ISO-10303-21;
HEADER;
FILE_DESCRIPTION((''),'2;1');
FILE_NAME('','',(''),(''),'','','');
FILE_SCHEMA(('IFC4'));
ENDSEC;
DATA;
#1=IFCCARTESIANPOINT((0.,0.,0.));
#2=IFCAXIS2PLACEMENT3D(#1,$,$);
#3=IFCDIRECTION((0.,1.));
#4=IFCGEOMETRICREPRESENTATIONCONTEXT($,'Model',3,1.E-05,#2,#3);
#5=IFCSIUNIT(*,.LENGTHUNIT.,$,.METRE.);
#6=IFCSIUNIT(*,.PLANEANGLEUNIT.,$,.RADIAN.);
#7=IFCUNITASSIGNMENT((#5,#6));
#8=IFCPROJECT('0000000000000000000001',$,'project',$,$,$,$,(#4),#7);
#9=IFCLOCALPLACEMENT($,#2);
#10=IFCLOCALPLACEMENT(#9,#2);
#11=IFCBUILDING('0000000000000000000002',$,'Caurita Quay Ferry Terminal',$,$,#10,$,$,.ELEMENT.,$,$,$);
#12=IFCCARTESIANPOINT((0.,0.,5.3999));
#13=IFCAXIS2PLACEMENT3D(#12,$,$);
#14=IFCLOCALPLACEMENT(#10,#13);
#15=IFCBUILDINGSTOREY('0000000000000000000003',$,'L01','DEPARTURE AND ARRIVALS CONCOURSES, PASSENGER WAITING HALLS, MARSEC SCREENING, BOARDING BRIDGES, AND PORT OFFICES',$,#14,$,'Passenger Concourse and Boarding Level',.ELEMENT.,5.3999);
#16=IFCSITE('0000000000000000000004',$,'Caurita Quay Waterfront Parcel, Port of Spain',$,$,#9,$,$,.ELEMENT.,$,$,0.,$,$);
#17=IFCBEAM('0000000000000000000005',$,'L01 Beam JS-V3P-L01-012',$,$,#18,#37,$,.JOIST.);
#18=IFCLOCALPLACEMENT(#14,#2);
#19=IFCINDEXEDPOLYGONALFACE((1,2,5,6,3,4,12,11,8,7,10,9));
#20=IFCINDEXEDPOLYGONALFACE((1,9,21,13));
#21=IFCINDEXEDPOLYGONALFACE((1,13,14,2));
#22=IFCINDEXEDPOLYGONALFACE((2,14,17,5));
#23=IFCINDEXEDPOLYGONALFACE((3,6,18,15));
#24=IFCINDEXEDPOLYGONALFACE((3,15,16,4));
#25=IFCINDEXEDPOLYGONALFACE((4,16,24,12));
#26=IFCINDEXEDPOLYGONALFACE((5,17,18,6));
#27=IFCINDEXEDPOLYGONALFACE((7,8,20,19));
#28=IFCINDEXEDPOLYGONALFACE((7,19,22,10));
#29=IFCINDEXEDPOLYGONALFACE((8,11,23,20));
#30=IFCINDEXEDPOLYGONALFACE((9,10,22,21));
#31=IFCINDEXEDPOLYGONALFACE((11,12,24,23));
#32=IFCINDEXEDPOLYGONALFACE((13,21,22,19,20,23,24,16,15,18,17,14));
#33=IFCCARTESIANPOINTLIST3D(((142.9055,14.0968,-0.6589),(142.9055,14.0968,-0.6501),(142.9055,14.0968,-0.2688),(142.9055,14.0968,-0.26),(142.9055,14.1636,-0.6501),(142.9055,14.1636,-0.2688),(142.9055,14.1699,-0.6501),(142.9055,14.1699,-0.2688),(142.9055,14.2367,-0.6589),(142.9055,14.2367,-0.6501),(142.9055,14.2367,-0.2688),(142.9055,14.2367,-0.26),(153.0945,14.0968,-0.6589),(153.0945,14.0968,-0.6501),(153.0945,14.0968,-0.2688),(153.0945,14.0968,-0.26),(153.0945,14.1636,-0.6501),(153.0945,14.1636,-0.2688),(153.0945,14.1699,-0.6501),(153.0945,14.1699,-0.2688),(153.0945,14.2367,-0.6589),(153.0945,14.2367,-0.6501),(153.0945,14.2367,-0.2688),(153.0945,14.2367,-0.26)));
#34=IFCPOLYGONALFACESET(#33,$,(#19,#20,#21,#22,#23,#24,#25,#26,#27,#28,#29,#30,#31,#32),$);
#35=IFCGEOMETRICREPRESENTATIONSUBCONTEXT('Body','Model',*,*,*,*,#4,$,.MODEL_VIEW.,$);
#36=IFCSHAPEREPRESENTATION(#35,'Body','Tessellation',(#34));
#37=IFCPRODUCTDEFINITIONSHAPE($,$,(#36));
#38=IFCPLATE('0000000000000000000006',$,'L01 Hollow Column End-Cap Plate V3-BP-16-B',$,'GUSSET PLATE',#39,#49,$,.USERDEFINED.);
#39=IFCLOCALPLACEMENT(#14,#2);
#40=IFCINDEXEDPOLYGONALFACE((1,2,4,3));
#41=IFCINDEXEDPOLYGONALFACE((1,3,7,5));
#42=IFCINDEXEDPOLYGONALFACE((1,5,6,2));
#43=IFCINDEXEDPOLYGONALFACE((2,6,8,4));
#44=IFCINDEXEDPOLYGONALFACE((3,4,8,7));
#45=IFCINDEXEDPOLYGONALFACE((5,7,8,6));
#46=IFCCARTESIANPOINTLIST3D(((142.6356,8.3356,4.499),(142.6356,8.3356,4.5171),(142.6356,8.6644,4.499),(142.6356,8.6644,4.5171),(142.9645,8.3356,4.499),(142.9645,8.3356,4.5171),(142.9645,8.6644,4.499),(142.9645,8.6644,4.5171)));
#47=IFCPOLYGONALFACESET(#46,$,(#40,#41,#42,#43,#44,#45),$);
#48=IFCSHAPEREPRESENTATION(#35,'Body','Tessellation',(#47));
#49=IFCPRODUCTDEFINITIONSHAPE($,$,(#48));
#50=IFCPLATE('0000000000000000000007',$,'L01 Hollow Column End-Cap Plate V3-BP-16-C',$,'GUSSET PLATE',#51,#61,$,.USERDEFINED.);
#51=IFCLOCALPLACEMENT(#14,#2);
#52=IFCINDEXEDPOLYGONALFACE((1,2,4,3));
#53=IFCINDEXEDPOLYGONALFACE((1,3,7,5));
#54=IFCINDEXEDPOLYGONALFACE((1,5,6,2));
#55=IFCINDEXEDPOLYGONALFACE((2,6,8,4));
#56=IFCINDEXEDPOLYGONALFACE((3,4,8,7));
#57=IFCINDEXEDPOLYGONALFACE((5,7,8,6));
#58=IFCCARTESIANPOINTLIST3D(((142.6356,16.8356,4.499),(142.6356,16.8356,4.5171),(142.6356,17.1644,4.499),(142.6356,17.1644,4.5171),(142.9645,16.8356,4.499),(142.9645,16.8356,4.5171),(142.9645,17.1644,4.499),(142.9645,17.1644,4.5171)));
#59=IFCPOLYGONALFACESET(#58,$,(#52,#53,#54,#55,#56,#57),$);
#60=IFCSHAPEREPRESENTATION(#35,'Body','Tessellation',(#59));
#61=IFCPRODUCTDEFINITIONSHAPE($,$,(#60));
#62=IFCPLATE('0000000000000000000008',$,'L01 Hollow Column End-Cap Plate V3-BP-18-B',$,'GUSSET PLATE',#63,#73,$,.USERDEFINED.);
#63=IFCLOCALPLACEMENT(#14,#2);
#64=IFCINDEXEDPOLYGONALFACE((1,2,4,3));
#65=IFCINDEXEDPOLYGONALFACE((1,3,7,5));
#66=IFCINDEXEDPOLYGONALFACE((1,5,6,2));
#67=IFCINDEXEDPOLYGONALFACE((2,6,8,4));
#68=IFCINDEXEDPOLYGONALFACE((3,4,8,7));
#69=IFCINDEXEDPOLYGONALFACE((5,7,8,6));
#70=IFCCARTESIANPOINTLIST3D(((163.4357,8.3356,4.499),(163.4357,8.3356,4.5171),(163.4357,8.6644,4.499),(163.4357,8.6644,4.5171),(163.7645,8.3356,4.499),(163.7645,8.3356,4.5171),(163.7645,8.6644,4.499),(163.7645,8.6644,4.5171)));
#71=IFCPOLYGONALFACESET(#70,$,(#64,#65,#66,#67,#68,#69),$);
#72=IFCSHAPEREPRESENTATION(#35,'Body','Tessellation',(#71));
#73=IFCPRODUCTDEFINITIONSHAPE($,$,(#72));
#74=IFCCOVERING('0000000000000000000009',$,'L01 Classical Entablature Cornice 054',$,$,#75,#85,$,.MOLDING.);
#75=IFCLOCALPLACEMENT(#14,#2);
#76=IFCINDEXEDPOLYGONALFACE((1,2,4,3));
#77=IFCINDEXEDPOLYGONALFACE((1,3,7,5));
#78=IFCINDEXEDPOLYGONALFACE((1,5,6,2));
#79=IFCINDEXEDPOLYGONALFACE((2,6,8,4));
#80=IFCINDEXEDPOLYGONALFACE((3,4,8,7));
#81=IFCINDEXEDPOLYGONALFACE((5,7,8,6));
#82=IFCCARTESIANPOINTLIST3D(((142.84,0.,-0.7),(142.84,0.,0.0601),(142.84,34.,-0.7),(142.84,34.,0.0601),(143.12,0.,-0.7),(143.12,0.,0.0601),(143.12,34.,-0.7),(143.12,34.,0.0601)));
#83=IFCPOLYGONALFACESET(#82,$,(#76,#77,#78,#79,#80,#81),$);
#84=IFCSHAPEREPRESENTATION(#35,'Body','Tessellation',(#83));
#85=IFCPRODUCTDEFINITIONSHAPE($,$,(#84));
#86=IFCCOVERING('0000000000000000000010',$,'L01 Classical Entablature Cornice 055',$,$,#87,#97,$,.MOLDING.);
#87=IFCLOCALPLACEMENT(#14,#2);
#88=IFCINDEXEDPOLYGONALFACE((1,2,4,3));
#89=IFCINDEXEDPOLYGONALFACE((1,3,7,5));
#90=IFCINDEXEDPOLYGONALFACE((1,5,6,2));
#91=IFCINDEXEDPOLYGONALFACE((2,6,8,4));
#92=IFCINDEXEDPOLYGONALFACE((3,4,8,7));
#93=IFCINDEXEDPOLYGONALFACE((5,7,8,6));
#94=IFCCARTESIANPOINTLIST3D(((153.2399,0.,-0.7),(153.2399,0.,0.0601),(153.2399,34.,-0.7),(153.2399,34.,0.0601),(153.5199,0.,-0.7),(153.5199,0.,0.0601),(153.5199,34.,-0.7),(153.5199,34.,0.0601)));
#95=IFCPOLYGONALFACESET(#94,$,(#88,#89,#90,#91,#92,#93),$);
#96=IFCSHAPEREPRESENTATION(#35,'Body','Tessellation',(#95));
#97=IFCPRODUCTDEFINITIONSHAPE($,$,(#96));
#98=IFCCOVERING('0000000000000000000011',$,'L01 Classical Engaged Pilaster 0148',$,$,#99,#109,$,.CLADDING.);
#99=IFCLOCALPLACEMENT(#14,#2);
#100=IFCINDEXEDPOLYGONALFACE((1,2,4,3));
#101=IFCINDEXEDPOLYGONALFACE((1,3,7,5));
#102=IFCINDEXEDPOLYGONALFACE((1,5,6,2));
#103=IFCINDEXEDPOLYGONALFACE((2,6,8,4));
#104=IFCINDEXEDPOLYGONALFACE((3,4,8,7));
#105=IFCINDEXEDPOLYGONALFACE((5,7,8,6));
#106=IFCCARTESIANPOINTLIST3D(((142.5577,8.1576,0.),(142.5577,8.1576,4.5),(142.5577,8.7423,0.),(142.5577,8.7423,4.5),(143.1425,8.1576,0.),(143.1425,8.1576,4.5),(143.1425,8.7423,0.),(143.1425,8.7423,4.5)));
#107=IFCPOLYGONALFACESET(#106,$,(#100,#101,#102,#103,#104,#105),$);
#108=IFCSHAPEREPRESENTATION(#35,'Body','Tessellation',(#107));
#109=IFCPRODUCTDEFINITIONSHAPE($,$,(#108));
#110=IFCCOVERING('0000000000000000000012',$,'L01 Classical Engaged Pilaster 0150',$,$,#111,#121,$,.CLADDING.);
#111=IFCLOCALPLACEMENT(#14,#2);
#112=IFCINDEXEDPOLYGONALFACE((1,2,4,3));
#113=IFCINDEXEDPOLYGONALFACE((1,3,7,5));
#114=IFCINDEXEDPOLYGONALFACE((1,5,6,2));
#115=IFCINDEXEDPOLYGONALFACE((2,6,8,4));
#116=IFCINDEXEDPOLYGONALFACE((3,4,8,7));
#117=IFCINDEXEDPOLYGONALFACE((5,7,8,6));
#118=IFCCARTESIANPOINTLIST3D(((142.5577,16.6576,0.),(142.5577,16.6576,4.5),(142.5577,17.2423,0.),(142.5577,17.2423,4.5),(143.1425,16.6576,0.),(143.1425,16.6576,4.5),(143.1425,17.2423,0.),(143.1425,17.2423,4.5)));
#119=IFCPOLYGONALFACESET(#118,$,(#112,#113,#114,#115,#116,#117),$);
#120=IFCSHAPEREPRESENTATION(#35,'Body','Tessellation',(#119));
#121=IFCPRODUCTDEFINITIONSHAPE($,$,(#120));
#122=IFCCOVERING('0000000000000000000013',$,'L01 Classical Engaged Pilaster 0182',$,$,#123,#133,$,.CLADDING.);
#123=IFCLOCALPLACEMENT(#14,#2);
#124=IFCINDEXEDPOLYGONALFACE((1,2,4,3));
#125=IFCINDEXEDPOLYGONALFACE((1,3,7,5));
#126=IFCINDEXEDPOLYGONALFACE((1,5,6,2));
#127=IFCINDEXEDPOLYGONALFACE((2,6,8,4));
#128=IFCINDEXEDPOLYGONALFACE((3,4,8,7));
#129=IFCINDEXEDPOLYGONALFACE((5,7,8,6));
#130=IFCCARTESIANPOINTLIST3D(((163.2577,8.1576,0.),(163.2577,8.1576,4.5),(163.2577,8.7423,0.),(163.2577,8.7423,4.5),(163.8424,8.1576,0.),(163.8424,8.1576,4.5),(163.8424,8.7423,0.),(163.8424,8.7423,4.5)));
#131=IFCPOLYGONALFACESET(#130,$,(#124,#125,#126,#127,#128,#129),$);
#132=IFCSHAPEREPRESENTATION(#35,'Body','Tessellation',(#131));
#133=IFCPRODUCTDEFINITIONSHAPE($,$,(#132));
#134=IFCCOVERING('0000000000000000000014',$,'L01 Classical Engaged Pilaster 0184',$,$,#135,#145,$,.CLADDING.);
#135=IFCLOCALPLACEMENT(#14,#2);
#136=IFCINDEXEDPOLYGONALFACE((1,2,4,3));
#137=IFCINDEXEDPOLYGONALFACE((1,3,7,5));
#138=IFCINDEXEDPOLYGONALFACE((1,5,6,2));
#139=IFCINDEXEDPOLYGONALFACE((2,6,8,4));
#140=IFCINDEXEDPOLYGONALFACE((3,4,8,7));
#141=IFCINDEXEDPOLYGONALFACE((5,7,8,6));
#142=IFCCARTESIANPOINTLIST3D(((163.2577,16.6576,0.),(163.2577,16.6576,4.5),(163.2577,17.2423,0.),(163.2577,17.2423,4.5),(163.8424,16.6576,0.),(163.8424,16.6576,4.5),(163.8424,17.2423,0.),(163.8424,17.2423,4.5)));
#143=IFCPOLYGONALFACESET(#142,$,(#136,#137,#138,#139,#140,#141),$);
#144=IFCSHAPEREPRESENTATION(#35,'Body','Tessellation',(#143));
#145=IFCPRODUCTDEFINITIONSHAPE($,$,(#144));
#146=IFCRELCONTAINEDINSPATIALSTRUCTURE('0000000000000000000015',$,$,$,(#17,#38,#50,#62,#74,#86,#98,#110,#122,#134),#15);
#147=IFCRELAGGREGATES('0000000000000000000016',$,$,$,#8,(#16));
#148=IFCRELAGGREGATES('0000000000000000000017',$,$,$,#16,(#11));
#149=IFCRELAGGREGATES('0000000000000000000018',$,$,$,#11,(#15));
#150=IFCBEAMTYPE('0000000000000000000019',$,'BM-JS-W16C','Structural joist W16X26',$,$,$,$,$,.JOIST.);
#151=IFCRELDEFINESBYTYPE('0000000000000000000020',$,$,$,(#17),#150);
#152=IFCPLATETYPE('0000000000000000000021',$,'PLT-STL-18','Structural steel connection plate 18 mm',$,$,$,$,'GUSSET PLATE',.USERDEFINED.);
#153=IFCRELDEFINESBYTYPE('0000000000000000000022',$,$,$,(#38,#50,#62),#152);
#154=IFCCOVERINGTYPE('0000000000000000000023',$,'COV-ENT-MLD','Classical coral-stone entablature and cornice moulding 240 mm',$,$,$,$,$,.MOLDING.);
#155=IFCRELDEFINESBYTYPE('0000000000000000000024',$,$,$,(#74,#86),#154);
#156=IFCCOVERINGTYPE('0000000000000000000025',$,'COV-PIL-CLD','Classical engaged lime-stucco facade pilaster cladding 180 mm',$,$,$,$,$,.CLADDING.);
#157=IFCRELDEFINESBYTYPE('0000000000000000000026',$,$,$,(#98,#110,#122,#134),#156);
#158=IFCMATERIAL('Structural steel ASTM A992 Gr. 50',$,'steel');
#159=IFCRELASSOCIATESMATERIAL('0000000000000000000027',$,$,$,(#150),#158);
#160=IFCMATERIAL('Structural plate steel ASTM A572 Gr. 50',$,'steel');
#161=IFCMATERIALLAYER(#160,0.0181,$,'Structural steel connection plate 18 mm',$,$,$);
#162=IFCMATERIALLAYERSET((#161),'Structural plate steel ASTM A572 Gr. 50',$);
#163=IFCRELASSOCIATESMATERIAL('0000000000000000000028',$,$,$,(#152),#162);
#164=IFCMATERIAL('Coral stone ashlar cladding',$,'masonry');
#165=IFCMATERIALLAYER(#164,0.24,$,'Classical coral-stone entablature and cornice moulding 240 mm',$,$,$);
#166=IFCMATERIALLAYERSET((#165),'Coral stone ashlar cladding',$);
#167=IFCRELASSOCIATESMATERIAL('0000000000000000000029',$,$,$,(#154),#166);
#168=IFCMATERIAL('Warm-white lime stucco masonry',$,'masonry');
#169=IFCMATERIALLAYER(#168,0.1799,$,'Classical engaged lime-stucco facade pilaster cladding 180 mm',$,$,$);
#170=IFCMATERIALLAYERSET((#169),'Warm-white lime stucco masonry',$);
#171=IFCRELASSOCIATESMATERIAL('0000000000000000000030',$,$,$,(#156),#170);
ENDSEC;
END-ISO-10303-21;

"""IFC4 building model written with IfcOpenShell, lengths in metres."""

from ifc_helpers import new_model, si_unit, direction, frame, frame_2d, origin, origin_2d, place, context, subcontext, project, spatial, rectangle, i_section, extrude, material, layer, layer_set, material_profile, profile_set, type_object, element, save


model = new_model("IFC4")

# Units and contexts
model_context = context("Model", 3, precision=1e-05, world=origin(), true_north=direction((0.0, 1.0)))
body_context = subcontext(model_context, "Body", "Model", "MODEL_VIEW")
ifc_project = project(units=[si_unit("LENGTHUNIT", "METRE"), si_unit("PLANEANGLEUNIT", "RADIAN")], contexts=[model_context])

# Site, building, storey
site_placement = place(None, origin())
site = spatial("IfcSite", under=ifc_project, at=site_placement, Name="Caurita Quay Waterfront Parcel, Port of Spain", CompositionType="ELEMENT", RefElevation=0.0)
building_placement = place(site_placement, origin())
building = spatial("IfcBuilding", under=site, at=building_placement, Name="Caurita Quay Ferry Terminal", CompositionType="ELEMENT")
storey_placement = place(building_placement, frame((0.0, 0.0, 5.3999)))
storey = spatial("IfcBuildingStorey", under=building, at=storey_placement, Name="L01", Description="DEPARTURE AND ARRIVALS CONCOURSES, PASSENGER WAITING HALLS, MARSEC SCREENING, BOARDING BRIDGES, AND PORT OFFICES", LongName="Passenger Concourse and Boarding Level", CompositionType="ELEMENT", Elevation=5.3999)

# Beam
ifc_material_1 = material(Name="Structural steel ASTM A992 Gr. 50", Category="steel")
ifc_material_profile_1 = material_profile(ifc_material_1, i_section(OverallWidth=0.1399, OverallDepth=0.3989, WebThickness=0.0063, FlangeThickness=0.0088, at=origin_2d()), Name="W16X26")
ifc_profile_set_1 = profile_set([ifc_material_profile_1], Name="Structural steel ASTM A992 Gr. 50")
beam_type_1 = type_object("IfcBeamType", Name="BM-JS-W16C", Description="Structural joist W16X26", PredefinedType="JOIST", material=ifc_profile_set_1)
for number, where, z_axis, x_axis, name in (
    (1, (142.9055, 14.1667, -0.4595), (1.0, 0.0, 0.0), (0.0, 1.0, 0.0), "L01 Beam JS-V3P-L01-012"),
):
    element("IfcBeam", number, at=place(storey_placement, frame(where, z_axis=z_axis, x_axis=x_axis)), inside=storey, type_object=beam_type_1, Name=name, PredefinedType="JOIST", context=body_context, shape_type="SweptSolid", body=[
        extrude(i_section(OverallWidth=0.1399, OverallDepth=0.3989, WebThickness=0.0063, FlangeThickness=0.0088, at=origin_2d()), origin(), (0.0, 0.0, 1.0), 10.189),
    ])

# Plates
ifc_material_2 = material(Name="Structural plate steel ASTM A572 Gr. 50", Category="steel")
ifc_layer_1 = layer(ifc_material_2, 0.0181, Name="Structural steel connection plate 18 mm")
ifc_layer_set_1 = layer_set([ifc_layer_1], Name="Structural plate steel ASTM A572 Gr. 50")
plate_type = type_object("IfcPlateType", Name="PLT-STL-18", Description="Structural steel connection plate 18 mm", ElementType="GUSSET PLATE", PredefinedType="USERDEFINED", material=ifc_layer_set_1)
for number, where, z_axis, x_axis, name in (
    (2, (142.8, 8.5, 4.499), (0.0, 0.0, 1.0), (1.0, 0.0, 0.0), "L01 Hollow Column End-Cap Plate V3-BP-16-B"),
    (3, (142.8, 17.0, 4.499), (0.0, 0.0, 1.0), (1.0, 0.0, 0.0), "L01 Hollow Column End-Cap Plate V3-BP-16-C"),
    (4, (163.6001, 8.5, 4.499), (0.0, 0.0, 1.0), (1.0, 0.0, 0.0), "L01 Hollow Column End-Cap Plate V3-BP-18-B"),
):
    element("IfcPlate", number, at=place(storey_placement, frame(where, z_axis=z_axis, x_axis=x_axis)), inside=storey, type_object=plate_type, Name=name, ObjectType="GUSSET PLATE", PredefinedType="USERDEFINED", context=body_context, shape_type="SweptSolid", body=[
        extrude(rectangle(XDim=0.3289, YDim=0.3289, at=origin_2d()), origin(), (0.0, 0.0, 1.0), 0.0181),
    ])

# Coverings
ifc_material_3 = material(Name="Coral stone ashlar cladding", Category="masonry")
ifc_layer_2 = layer(ifc_material_3, 0.24, Name="Classical coral-stone entablature and cornice moulding 240 mm")
ifc_layer_set_2 = layer_set([ifc_layer_2], Name="Coral stone ashlar cladding")
covering_type_1 = type_object("IfcCoveringType", Name="COV-ENT-MLD", Description="Classical coral-stone entablature and cornice moulding 240 mm", PredefinedType="MOLDING", material=ifc_layer_set_2)
for number, where, z_axis, x_axis, name in (
    (5, (142.98, 0.0, -0.7), (0.0, 0.0, 1.0), (0.0, 1.0, 0.0), "L01 Classical Entablature Cornice 054"),
    (6, (153.3799, 0.0, -0.7), (0.0, 0.0, 1.0), (0.0, 1.0, 0.0), "L01 Classical Entablature Cornice 055"),
):
    element("IfcCovering", number, at=place(storey_placement, frame(where, z_axis=z_axis, x_axis=x_axis)), inside=storey, type_object=covering_type_1, Name=name, PredefinedType="MOLDING", context=body_context, shape_type="SweptSolid", body=[
        extrude(rectangle(XDim=34.0, YDim=0.28, at=frame_2d((17.0, 0.0))), origin(), (0.0, 0.0, 1.0), 0.76),
    ])
ifc_material_4 = material(Name="Warm-white lime stucco masonry", Category="masonry")
ifc_layer_3 = layer(ifc_material_4, 0.1799, Name="Classical engaged lime-stucco facade pilaster cladding 180 mm")
ifc_layer_set_3 = layer_set([ifc_layer_3], Name="Warm-white lime stucco masonry")
covering_type_2 = type_object("IfcCoveringType", Name="COV-PIL-CLD", Description="Classical engaged lime-stucco facade pilaster cladding 180 mm", PredefinedType="CLADDING", material=ifc_layer_set_3)
for number, where, z_axis, x_axis, name in (
    (7, (142.8501, 8.45, 0.0), (0.0, 0.0, 1.0), (1.0, 0.0, 0.0), "L01 Classical Engaged Pilaster 0148"),
    (8, (142.8501, 16.95, 0.0), (0.0, 0.0, 1.0), (1.0, 0.0, 0.0), "L01 Classical Engaged Pilaster 0150"),
    (9, (163.55, 8.45, 0.0), (0.0, 0.0, 1.0), (1.0, 0.0, 0.0), "L01 Classical Engaged Pilaster 0182"),
    (10, (163.55, 16.95, 0.0), (0.0, 0.0, 1.0), (1.0, 0.0, 0.0), "L01 Classical Engaged Pilaster 0184"),
):
    element("IfcCovering", number, at=place(storey_placement, frame(where, z_axis=z_axis, x_axis=x_axis)), inside=storey, type_object=covering_type_2, Name=name, PredefinedType="CLADDING", context=body_context, shape_type="SweptSolid", body=[
        extrude(rectangle(XDim=0.5847, YDim=0.5847, at=origin_2d()), origin(), (0.0, 0.0, 1.0), 4.5),
    ])

save(model, "model.ifc")
